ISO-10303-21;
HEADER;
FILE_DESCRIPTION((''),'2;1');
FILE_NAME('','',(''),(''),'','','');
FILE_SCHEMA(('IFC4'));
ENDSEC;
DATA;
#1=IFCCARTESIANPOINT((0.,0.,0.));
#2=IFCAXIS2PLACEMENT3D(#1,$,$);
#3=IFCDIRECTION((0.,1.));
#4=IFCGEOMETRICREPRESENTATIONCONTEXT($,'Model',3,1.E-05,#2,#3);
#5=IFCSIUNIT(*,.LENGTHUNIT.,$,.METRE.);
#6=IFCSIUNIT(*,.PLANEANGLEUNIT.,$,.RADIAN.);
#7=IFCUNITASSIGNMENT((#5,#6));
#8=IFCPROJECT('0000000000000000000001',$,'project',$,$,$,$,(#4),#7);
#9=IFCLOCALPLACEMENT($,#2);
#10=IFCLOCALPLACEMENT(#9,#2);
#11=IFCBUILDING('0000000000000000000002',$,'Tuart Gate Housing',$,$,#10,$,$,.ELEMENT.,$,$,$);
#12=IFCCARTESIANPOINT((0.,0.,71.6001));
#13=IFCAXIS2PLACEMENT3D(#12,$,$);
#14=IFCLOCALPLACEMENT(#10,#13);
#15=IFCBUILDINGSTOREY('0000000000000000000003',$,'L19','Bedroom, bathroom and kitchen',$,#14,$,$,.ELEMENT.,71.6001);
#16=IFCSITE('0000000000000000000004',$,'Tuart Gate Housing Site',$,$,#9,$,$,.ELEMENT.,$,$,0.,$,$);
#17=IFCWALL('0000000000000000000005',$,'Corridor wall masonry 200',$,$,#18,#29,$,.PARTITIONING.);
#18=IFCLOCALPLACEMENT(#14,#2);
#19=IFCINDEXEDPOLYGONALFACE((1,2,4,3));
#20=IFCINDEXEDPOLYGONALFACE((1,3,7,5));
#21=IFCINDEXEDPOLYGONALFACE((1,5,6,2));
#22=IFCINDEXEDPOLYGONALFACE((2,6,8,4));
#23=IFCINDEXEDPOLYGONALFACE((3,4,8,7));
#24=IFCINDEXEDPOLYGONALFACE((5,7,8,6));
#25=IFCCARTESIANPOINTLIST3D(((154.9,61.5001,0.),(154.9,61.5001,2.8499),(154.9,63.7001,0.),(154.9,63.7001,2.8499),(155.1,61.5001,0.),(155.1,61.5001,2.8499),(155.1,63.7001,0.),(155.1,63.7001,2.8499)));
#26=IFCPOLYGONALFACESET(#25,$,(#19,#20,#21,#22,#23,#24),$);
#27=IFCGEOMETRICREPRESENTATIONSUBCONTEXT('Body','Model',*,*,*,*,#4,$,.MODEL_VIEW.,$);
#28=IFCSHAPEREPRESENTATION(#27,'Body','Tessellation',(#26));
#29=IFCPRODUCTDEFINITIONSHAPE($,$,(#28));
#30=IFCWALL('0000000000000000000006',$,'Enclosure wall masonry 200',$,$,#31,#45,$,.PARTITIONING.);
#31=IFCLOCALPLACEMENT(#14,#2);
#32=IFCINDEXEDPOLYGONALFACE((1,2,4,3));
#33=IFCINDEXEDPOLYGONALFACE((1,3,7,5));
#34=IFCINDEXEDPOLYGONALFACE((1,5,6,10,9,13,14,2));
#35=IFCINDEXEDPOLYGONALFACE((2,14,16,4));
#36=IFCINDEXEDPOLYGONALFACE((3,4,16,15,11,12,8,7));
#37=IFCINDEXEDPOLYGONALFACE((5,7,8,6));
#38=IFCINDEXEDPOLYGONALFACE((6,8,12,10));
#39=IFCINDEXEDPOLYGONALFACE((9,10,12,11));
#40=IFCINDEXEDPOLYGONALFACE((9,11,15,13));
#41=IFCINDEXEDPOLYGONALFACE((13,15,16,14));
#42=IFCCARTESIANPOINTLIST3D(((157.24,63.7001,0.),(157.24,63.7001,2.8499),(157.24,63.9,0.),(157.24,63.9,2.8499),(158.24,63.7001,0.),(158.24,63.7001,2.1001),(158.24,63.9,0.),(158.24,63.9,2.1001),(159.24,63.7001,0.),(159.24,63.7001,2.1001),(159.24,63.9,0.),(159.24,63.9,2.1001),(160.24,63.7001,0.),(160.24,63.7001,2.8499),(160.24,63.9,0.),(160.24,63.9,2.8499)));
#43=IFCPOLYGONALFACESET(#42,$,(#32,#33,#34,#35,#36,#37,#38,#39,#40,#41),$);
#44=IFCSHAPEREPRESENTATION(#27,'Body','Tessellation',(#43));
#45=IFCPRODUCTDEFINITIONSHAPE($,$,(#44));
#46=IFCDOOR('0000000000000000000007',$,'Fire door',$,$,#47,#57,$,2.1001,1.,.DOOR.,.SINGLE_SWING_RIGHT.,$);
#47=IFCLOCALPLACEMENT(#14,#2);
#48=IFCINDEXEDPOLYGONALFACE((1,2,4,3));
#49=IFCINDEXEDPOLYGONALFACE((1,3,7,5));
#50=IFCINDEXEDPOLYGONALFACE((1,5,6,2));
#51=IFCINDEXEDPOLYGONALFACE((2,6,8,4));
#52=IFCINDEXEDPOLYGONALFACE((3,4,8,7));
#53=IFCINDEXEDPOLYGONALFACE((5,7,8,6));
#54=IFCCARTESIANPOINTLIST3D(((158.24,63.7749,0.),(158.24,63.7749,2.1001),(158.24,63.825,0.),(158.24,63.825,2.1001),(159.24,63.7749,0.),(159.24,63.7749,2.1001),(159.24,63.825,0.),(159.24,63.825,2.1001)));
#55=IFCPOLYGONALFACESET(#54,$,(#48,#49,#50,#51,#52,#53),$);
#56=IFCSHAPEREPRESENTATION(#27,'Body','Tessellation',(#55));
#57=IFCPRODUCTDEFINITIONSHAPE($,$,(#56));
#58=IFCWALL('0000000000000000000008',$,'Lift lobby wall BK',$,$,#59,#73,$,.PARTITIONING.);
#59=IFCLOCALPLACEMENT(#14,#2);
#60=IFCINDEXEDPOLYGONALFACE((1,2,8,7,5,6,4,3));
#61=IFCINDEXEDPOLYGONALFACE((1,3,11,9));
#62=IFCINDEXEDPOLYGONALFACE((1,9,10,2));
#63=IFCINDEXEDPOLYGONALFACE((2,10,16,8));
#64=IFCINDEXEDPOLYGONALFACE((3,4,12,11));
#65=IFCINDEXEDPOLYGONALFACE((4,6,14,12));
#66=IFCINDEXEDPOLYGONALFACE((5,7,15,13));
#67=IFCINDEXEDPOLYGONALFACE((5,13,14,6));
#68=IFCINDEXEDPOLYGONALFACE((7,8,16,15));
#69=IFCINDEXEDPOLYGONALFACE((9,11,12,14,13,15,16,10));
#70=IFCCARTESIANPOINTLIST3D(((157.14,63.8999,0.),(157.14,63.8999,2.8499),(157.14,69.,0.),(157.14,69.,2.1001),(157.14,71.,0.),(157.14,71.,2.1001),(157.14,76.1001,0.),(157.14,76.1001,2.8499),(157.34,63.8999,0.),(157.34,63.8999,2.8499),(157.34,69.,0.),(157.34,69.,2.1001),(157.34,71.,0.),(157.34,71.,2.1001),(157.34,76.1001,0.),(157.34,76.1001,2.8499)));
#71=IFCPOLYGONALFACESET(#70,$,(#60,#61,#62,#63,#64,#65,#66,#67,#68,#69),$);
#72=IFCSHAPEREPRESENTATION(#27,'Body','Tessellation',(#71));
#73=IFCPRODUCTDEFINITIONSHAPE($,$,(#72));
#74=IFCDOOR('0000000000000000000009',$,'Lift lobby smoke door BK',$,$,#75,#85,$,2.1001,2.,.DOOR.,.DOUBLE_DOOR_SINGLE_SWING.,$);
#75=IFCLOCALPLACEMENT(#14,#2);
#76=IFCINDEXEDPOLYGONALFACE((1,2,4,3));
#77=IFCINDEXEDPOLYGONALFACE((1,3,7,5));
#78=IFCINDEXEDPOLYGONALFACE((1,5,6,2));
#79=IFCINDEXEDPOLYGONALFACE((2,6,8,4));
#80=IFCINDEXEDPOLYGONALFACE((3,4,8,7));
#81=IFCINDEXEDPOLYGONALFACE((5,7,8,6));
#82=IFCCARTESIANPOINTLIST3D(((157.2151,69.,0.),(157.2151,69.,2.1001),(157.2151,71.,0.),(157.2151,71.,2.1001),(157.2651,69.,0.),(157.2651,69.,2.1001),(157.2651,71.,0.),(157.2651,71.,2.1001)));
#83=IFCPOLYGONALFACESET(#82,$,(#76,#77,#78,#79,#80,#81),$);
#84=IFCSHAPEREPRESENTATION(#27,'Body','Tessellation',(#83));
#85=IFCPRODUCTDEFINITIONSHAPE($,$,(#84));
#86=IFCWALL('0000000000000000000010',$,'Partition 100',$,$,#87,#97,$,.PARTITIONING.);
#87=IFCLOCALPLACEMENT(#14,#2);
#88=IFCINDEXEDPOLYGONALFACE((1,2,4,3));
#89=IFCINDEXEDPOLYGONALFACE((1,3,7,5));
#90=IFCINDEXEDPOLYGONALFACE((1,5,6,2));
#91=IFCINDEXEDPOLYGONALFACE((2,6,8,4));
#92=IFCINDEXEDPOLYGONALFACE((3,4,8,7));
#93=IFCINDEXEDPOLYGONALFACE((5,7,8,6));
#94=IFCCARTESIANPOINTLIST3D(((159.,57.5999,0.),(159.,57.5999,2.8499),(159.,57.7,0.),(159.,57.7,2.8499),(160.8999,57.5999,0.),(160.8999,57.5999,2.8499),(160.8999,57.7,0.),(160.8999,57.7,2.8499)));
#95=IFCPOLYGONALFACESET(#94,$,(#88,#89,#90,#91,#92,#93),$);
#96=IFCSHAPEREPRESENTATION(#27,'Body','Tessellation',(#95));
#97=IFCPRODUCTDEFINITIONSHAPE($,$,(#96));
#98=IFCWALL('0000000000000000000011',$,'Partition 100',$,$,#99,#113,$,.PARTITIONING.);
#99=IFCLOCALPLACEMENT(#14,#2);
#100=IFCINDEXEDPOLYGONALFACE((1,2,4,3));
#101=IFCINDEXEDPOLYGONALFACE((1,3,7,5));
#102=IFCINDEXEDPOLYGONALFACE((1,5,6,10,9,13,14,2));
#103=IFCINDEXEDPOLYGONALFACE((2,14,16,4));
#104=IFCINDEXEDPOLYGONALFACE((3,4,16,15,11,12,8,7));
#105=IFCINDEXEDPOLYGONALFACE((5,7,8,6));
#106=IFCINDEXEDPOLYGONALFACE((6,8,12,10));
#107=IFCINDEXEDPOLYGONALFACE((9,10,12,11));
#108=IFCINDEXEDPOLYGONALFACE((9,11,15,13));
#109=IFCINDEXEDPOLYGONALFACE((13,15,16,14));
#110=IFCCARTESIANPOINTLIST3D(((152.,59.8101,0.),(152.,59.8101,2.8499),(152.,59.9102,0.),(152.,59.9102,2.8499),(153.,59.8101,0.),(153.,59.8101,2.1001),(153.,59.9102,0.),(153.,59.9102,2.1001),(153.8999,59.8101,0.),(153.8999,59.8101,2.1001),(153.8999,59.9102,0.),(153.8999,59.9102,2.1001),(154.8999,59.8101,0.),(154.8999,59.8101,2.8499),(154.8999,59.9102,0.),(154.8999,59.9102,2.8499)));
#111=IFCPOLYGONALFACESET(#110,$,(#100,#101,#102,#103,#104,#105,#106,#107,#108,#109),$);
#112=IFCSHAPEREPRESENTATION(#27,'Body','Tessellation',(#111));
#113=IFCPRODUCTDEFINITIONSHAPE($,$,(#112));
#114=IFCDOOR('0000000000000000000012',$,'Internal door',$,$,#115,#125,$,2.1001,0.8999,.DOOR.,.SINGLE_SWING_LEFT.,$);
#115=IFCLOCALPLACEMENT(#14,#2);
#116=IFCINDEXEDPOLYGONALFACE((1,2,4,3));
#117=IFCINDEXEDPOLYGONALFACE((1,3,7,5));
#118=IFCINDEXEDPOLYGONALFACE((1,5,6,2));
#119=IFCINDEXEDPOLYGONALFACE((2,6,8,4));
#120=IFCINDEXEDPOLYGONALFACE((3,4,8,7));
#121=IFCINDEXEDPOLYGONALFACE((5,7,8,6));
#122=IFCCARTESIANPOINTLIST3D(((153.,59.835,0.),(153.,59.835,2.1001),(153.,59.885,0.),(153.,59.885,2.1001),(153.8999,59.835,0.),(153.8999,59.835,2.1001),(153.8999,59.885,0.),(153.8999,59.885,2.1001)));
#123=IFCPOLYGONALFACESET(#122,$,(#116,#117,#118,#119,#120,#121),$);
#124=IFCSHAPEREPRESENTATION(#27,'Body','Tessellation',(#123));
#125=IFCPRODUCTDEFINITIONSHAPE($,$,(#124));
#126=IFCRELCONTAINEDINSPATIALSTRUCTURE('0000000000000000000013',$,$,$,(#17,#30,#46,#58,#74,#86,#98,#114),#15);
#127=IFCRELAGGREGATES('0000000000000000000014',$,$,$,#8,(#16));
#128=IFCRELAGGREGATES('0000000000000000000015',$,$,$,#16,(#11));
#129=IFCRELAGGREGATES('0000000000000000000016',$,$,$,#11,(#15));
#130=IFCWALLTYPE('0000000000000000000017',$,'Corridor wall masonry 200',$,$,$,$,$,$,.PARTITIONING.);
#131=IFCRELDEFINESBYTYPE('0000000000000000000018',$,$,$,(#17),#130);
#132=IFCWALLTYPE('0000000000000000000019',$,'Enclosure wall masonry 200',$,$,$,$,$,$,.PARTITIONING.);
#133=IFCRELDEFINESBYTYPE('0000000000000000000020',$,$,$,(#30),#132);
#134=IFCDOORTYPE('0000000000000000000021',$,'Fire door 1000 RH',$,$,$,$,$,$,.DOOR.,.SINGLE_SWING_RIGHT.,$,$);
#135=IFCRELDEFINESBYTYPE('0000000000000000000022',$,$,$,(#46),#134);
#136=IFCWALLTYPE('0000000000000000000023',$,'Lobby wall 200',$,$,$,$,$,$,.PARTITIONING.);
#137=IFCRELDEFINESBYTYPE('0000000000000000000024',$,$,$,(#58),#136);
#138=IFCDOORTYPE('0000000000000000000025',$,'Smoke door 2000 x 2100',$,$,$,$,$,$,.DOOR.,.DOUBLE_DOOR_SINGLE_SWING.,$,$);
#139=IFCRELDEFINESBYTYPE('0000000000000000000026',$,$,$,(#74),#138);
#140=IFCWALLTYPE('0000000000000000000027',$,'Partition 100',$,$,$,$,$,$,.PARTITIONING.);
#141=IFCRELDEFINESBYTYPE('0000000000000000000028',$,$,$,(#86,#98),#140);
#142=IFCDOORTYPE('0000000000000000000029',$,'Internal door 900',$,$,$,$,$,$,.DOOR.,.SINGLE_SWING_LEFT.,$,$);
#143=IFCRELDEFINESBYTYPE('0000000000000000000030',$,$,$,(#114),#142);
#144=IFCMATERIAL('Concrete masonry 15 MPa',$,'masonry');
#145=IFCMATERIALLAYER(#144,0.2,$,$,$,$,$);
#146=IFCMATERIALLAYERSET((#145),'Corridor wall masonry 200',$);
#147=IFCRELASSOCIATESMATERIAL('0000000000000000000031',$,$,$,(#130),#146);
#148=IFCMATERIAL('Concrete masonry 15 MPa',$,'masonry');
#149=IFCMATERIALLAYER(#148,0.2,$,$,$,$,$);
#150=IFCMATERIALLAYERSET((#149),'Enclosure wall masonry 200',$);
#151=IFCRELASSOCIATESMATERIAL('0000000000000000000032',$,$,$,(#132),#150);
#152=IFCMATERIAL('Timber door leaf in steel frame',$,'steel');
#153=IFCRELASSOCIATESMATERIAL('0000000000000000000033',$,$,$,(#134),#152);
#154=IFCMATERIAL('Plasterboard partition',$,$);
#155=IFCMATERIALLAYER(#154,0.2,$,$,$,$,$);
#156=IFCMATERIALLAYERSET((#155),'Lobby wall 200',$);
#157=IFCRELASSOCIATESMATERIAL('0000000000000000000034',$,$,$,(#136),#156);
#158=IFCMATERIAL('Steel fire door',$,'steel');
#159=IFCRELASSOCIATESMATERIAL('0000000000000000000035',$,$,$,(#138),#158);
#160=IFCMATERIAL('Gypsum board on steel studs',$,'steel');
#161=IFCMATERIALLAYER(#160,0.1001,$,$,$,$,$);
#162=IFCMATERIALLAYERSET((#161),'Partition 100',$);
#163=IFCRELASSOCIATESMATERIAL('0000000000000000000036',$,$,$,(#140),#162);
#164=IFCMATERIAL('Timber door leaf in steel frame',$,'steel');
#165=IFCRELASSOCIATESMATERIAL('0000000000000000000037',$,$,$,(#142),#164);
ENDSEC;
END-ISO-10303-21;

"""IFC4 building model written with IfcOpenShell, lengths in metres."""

from ifc_helpers import new_model, si_unit, direction, frame, frame_2d, origin, place, context, subcontext, project, spatial, rectangle, extrude, material, layer, layer_set, type_object, element, fill, save


model = new_model("IFC4")

# Units and contexts
model_context = context("Model", 3, precision=1e-05, world=origin(), true_north=direction((0.0, 1.0)))
body_context = subcontext(model_context, "Body", "Model", "MODEL_VIEW")
ifc_project = project(units=[si_unit("LENGTHUNIT", "METRE"), si_unit("PLANEANGLEUNIT", "RADIAN")], contexts=[model_context])

# Site, building, storey
site_placement = place(None, origin())
site = spatial("IfcSite", under=ifc_project, at=site_placement, Name="Tuart Gate Housing Site", CompositionType="ELEMENT", RefElevation=0.0)
building_placement = place(site_placement, origin())
building = spatial("IfcBuilding", under=site, at=building_placement, Name="Tuart Gate Housing", CompositionType="ELEMENT")
storey_placement = place(building_placement, frame((0.0, 0.0, 71.6001)))
storey = spatial("IfcBuildingStorey", under=building, at=storey_placement, Name="L19", Description="Bedroom, bathroom and kitchen", CompositionType="ELEMENT", Elevation=71.6001)

# Shared definitions
ifc_material_1 = material(Name="Concrete masonry 15 MPa", Category="masonry")
ifc_layer_1 = layer(ifc_material_1, 0.2)
ifc_layer_set_1 = layer_set([ifc_layer_1], Name="Corridor wall masonry 200")
wall_type_1 = type_object("IfcWallType", Name="Corridor wall masonry 200", PredefinedType="PARTITIONING", material=ifc_layer_set_1)

# Wall
wall_1_placement = place(storey_placement, frame((155.0, 61.5, 0.0), z_axis=(0.0, 0.0, 1.0), x_axis=(0.0, 1.0, 0.0)))
element("IfcWall", 1, at=wall_1_placement, inside=storey, type_object=wall_type_1, Name="Corridor wall masonry 200", PredefinedType="PARTITIONING", context=body_context, shape_type="SweptSolid", body=[
    extrude(rectangle(XDim=2.2, YDim=0.2, at=frame_2d((1.1001, 0.0))), origin(), (0.0, 0.0, 1.0), 2.8499),
])

# Walls, openings, doors
ifc_material_2 = material(Name="Concrete masonry 15 MPa", Category="masonry")
ifc_layer_2 = layer(ifc_material_2, 0.2)
ifc_layer_set_2 = layer_set([ifc_layer_2], Name="Enclosure wall masonry 200")
wall_type_2 = type_object("IfcWallType", Name="Enclosure wall masonry 200", PredefinedType="PARTITIONING", material=ifc_layer_set_2)
wall_2_placement = place(storey_placement, frame((157.24, 63.8, 0.0), z_axis=(0.0, 0.0, 1.0), x_axis=(1.0, 0.0, 0.0)))
wall_2 = element("IfcWall", 2, at=wall_2_placement, inside=storey, type_object=wall_type_2, Name="Enclosure wall masonry 200", PredefinedType="PARTITIONING", context=body_context, shape_type="SweptSolid", body=[
    extrude(rectangle(XDim=3.0, YDim=0.2, at=frame_2d((1.5, 0.0))), origin(), (0.0, 0.0, 1.0), 2.8499),
])
opening_1_placement = place(wall_2_placement, frame((1.0, 0.0, 0.0)))
opening_1 = element("IfcOpeningElement", 3, at=opening_1_placement, cuts=wall_2, PredefinedType="OPENING", context=body_context, shape_type="SweptSolid", body=[
    extrude(rectangle(XDim=1.0, YDim=2.1001, at=frame_2d((0.5, 1.05))), frame((0.0, 0.1099, 0.0), z_axis=(0.0, -1.0, 0.0), x_axis=(1.0, 0.0, 0.0)), (0.0, 0.0, 1.0), 0.22),
])
ifc_material_3 = material(Name="Timber door leaf in steel frame", Category="steel")
door_type_1 = type_object("IfcDoorType", Name="Fire door 1000 RH", OperationType="SINGLE_SWING_RIGHT", PredefinedType="DOOR", material=ifc_material_3)
door_1_placement = place(opening_1_placement, frame((1.0, 0.0, 0.0), z_axis=(0.0, 0.0, 1.0), x_axis=(-1.0, 0.0, 0.0)))
door_1 = element("IfcDoor", 4, at=door_1_placement, inside=storey, type_object=door_type_1, Name="Fire door", OperationType="SINGLE_SWING_RIGHT", OverallHeight=2.1001, OverallWidth=1.0, PredefinedType="DOOR", context=body_context, shape_type="SweptSolid", body=[
    extrude(rectangle(XDim=1.0, YDim=2.1001, at=frame_2d((0.5, 1.05))), frame((0.0, 0.0251, 0.0), z_axis=(0.0, -1.0, 0.0), x_axis=(1.0, 0.0, 0.0)), (0.0, 0.0, 1.0), 0.05),
])
fill(opening_1, door_1)
ifc_material_4 = material(Name="Plasterboard partition")
ifc_layer_3 = layer(ifc_material_4, 0.2)
ifc_layer_set_3 = layer_set([ifc_layer_3], Name="Lobby wall 200")
wall_type_3 = type_object("IfcWallType", Name="Lobby wall 200", PredefinedType="PARTITIONING", material=ifc_layer_set_3)
wall_3_placement = place(storey_placement, frame((157.24, 63.8999, 0.0), z_axis=(0.0, 0.0, 1.0), x_axis=(0.0, 1.0, 0.0)))
wall_3 = element("IfcWall", 5, at=wall_3_placement, inside=storey, type_object=wall_type_3, Name="Lift lobby wall BK", PredefinedType="PARTITIONING", context=body_context, shape_type="SweptSolid", body=[
    extrude(rectangle(XDim=12.2002, YDim=0.2, at=frame_2d((6.1001, 0.0))), origin(), (0.0, 0.0, 1.0), 2.8499),
])
opening_2_placement = place(wall_3_placement, frame((5.1001, 0.0, 0.0)))
opening_2 = element("IfcOpeningElement", 6, at=opening_2_placement, cuts=wall_3, PredefinedType="OPENING", context=body_context, shape_type="SweptSolid", body=[
    extrude(rectangle(XDim=2.0, YDim=2.1001, at=frame_2d((1.0, 1.05))), frame((0.0, 0.1099, 0.0), z_axis=(0.0, -1.0, 0.0), x_axis=(1.0, 0.0, 0.0)), (0.0, 0.0, 1.0), 0.22),
])
ifc_material_5 = material(Name="Steel fire door", Category="steel")
door_type_2 = type_object("IfcDoorType", Name="Smoke door 2000 x 2100", OperationType="DOUBLE_DOOR_SINGLE_SWING", PredefinedType="DOOR", material=ifc_material_5)
door_2_placement = place(opening_2_placement, frame((2.0, 0.0, 0.0), z_axis=(0.0, 0.0, 1.0), x_axis=(-1.0, 0.0, 0.0)))
door_2 = element("IfcDoor", 7, at=door_2_placement, inside=storey, type_object=door_type_2, Name="Lift lobby smoke door BK", OperationType="DOUBLE_DOOR_SINGLE_SWING", OverallHeight=2.1001, OverallWidth=2.0, PredefinedType="DOOR", context=body_context, shape_type="SweptSolid", body=[
    extrude(rectangle(XDim=2.0, YDim=2.1001, at=frame_2d((1.0, 1.05))), frame((0.0, 0.0251, 0.0), z_axis=(0.0, -1.0, 0.0), x_axis=(1.0, 0.0, 0.0)), (0.0, 0.0, 1.0), 0.05),
])
fill(opening_2, door_2)

# Wall
ifc_material_6 = material(Name="Gypsum board on steel studs", Category="steel")
ifc_layer_4 = layer(ifc_material_6, 0.1001)
ifc_layer_set_4 = layer_set([ifc_layer_4], Name="Partition 100")
wall_type_4 = type_object("IfcWallType", Name="Partition 100", PredefinedType="PARTITIONING", material=ifc_layer_set_4)
wall_4_placement = place(storey_placement, frame((159.0, 57.6499, 0.0), z_axis=(0.0, 0.0, 1.0), x_axis=(1.0, 0.0, 0.0)))
element("IfcWall", 8, at=wall_4_placement, inside=storey, type_object=wall_type_4, Name="Partition 100", PredefinedType="PARTITIONING", context=body_context, shape_type="SweptSolid", body=[
    extrude(rectangle(XDim=1.8999, YDim=0.1001, at=frame_2d((0.95, 0.0))), origin(), (0.0, 0.0, 1.0), 2.8499),
])

# Wall, opening, door
wall_5_placement = place(storey_placement, frame((152.0, 59.8601, 0.0), z_axis=(0.0, 0.0, 1.0), x_axis=(1.0, 0.0, 0.0)))
wall_5 = element("IfcWall", 9, at=wall_5_placement, inside=storey, type_object=wall_type_4, Name="Partition 100", PredefinedType="PARTITIONING", context=body_context, shape_type="SweptSolid", body=[
    extrude(rectangle(XDim=2.8999, YDim=0.1001, at=frame_2d((1.45, 0.0))), origin(), (0.0, 0.0, 1.0), 2.8499),
])
opening_3_placement = place(wall_5_placement, frame((1.0, 0.0, 0.0)))
opening_3 = element("IfcOpeningElement", 10, at=opening_3_placement, cuts=wall_5, PredefinedType="OPENING", context=body_context, shape_type="SweptSolid", body=[
    extrude(rectangle(XDim=0.8999, YDim=2.1001, at=frame_2d((0.45, 1.05))), frame((0.0, 0.0601, 0.0), z_axis=(0.0, -1.0, 0.0), x_axis=(1.0, 0.0, 0.0)), (0.0, 0.0, 1.0), 0.1201),
])
ifc_material_7 = material(Name="Timber door leaf in steel frame", Category="steel")
door_type_3 = type_object("IfcDoorType", Name="Internal door 900", OperationType="SINGLE_SWING_LEFT", PredefinedType="DOOR", material=ifc_material_7)
door_3_placement = place(opening_3_placement, origin())
door_3 = element("IfcDoor", 11, at=door_3_placement, inside=storey, type_object=door_type_3, Name="Internal door", OperationType="SINGLE_SWING_LEFT", OverallHeight=2.1001, OverallWidth=0.8999, PredefinedType="DOOR", context=body_context, shape_type="SweptSolid", body=[
    extrude(rectangle(XDim=0.8999, YDim=2.1001, at=frame_2d((0.45, 1.05))), frame((0.0, 0.0249, 0.0), z_axis=(0.0, -1.0, 0.0), x_axis=(1.0, 0.0, 0.0)), (0.0, 0.0, 1.0), 0.05),
])
fill(opening_3, door_3)

save(model, "model.ifc")
